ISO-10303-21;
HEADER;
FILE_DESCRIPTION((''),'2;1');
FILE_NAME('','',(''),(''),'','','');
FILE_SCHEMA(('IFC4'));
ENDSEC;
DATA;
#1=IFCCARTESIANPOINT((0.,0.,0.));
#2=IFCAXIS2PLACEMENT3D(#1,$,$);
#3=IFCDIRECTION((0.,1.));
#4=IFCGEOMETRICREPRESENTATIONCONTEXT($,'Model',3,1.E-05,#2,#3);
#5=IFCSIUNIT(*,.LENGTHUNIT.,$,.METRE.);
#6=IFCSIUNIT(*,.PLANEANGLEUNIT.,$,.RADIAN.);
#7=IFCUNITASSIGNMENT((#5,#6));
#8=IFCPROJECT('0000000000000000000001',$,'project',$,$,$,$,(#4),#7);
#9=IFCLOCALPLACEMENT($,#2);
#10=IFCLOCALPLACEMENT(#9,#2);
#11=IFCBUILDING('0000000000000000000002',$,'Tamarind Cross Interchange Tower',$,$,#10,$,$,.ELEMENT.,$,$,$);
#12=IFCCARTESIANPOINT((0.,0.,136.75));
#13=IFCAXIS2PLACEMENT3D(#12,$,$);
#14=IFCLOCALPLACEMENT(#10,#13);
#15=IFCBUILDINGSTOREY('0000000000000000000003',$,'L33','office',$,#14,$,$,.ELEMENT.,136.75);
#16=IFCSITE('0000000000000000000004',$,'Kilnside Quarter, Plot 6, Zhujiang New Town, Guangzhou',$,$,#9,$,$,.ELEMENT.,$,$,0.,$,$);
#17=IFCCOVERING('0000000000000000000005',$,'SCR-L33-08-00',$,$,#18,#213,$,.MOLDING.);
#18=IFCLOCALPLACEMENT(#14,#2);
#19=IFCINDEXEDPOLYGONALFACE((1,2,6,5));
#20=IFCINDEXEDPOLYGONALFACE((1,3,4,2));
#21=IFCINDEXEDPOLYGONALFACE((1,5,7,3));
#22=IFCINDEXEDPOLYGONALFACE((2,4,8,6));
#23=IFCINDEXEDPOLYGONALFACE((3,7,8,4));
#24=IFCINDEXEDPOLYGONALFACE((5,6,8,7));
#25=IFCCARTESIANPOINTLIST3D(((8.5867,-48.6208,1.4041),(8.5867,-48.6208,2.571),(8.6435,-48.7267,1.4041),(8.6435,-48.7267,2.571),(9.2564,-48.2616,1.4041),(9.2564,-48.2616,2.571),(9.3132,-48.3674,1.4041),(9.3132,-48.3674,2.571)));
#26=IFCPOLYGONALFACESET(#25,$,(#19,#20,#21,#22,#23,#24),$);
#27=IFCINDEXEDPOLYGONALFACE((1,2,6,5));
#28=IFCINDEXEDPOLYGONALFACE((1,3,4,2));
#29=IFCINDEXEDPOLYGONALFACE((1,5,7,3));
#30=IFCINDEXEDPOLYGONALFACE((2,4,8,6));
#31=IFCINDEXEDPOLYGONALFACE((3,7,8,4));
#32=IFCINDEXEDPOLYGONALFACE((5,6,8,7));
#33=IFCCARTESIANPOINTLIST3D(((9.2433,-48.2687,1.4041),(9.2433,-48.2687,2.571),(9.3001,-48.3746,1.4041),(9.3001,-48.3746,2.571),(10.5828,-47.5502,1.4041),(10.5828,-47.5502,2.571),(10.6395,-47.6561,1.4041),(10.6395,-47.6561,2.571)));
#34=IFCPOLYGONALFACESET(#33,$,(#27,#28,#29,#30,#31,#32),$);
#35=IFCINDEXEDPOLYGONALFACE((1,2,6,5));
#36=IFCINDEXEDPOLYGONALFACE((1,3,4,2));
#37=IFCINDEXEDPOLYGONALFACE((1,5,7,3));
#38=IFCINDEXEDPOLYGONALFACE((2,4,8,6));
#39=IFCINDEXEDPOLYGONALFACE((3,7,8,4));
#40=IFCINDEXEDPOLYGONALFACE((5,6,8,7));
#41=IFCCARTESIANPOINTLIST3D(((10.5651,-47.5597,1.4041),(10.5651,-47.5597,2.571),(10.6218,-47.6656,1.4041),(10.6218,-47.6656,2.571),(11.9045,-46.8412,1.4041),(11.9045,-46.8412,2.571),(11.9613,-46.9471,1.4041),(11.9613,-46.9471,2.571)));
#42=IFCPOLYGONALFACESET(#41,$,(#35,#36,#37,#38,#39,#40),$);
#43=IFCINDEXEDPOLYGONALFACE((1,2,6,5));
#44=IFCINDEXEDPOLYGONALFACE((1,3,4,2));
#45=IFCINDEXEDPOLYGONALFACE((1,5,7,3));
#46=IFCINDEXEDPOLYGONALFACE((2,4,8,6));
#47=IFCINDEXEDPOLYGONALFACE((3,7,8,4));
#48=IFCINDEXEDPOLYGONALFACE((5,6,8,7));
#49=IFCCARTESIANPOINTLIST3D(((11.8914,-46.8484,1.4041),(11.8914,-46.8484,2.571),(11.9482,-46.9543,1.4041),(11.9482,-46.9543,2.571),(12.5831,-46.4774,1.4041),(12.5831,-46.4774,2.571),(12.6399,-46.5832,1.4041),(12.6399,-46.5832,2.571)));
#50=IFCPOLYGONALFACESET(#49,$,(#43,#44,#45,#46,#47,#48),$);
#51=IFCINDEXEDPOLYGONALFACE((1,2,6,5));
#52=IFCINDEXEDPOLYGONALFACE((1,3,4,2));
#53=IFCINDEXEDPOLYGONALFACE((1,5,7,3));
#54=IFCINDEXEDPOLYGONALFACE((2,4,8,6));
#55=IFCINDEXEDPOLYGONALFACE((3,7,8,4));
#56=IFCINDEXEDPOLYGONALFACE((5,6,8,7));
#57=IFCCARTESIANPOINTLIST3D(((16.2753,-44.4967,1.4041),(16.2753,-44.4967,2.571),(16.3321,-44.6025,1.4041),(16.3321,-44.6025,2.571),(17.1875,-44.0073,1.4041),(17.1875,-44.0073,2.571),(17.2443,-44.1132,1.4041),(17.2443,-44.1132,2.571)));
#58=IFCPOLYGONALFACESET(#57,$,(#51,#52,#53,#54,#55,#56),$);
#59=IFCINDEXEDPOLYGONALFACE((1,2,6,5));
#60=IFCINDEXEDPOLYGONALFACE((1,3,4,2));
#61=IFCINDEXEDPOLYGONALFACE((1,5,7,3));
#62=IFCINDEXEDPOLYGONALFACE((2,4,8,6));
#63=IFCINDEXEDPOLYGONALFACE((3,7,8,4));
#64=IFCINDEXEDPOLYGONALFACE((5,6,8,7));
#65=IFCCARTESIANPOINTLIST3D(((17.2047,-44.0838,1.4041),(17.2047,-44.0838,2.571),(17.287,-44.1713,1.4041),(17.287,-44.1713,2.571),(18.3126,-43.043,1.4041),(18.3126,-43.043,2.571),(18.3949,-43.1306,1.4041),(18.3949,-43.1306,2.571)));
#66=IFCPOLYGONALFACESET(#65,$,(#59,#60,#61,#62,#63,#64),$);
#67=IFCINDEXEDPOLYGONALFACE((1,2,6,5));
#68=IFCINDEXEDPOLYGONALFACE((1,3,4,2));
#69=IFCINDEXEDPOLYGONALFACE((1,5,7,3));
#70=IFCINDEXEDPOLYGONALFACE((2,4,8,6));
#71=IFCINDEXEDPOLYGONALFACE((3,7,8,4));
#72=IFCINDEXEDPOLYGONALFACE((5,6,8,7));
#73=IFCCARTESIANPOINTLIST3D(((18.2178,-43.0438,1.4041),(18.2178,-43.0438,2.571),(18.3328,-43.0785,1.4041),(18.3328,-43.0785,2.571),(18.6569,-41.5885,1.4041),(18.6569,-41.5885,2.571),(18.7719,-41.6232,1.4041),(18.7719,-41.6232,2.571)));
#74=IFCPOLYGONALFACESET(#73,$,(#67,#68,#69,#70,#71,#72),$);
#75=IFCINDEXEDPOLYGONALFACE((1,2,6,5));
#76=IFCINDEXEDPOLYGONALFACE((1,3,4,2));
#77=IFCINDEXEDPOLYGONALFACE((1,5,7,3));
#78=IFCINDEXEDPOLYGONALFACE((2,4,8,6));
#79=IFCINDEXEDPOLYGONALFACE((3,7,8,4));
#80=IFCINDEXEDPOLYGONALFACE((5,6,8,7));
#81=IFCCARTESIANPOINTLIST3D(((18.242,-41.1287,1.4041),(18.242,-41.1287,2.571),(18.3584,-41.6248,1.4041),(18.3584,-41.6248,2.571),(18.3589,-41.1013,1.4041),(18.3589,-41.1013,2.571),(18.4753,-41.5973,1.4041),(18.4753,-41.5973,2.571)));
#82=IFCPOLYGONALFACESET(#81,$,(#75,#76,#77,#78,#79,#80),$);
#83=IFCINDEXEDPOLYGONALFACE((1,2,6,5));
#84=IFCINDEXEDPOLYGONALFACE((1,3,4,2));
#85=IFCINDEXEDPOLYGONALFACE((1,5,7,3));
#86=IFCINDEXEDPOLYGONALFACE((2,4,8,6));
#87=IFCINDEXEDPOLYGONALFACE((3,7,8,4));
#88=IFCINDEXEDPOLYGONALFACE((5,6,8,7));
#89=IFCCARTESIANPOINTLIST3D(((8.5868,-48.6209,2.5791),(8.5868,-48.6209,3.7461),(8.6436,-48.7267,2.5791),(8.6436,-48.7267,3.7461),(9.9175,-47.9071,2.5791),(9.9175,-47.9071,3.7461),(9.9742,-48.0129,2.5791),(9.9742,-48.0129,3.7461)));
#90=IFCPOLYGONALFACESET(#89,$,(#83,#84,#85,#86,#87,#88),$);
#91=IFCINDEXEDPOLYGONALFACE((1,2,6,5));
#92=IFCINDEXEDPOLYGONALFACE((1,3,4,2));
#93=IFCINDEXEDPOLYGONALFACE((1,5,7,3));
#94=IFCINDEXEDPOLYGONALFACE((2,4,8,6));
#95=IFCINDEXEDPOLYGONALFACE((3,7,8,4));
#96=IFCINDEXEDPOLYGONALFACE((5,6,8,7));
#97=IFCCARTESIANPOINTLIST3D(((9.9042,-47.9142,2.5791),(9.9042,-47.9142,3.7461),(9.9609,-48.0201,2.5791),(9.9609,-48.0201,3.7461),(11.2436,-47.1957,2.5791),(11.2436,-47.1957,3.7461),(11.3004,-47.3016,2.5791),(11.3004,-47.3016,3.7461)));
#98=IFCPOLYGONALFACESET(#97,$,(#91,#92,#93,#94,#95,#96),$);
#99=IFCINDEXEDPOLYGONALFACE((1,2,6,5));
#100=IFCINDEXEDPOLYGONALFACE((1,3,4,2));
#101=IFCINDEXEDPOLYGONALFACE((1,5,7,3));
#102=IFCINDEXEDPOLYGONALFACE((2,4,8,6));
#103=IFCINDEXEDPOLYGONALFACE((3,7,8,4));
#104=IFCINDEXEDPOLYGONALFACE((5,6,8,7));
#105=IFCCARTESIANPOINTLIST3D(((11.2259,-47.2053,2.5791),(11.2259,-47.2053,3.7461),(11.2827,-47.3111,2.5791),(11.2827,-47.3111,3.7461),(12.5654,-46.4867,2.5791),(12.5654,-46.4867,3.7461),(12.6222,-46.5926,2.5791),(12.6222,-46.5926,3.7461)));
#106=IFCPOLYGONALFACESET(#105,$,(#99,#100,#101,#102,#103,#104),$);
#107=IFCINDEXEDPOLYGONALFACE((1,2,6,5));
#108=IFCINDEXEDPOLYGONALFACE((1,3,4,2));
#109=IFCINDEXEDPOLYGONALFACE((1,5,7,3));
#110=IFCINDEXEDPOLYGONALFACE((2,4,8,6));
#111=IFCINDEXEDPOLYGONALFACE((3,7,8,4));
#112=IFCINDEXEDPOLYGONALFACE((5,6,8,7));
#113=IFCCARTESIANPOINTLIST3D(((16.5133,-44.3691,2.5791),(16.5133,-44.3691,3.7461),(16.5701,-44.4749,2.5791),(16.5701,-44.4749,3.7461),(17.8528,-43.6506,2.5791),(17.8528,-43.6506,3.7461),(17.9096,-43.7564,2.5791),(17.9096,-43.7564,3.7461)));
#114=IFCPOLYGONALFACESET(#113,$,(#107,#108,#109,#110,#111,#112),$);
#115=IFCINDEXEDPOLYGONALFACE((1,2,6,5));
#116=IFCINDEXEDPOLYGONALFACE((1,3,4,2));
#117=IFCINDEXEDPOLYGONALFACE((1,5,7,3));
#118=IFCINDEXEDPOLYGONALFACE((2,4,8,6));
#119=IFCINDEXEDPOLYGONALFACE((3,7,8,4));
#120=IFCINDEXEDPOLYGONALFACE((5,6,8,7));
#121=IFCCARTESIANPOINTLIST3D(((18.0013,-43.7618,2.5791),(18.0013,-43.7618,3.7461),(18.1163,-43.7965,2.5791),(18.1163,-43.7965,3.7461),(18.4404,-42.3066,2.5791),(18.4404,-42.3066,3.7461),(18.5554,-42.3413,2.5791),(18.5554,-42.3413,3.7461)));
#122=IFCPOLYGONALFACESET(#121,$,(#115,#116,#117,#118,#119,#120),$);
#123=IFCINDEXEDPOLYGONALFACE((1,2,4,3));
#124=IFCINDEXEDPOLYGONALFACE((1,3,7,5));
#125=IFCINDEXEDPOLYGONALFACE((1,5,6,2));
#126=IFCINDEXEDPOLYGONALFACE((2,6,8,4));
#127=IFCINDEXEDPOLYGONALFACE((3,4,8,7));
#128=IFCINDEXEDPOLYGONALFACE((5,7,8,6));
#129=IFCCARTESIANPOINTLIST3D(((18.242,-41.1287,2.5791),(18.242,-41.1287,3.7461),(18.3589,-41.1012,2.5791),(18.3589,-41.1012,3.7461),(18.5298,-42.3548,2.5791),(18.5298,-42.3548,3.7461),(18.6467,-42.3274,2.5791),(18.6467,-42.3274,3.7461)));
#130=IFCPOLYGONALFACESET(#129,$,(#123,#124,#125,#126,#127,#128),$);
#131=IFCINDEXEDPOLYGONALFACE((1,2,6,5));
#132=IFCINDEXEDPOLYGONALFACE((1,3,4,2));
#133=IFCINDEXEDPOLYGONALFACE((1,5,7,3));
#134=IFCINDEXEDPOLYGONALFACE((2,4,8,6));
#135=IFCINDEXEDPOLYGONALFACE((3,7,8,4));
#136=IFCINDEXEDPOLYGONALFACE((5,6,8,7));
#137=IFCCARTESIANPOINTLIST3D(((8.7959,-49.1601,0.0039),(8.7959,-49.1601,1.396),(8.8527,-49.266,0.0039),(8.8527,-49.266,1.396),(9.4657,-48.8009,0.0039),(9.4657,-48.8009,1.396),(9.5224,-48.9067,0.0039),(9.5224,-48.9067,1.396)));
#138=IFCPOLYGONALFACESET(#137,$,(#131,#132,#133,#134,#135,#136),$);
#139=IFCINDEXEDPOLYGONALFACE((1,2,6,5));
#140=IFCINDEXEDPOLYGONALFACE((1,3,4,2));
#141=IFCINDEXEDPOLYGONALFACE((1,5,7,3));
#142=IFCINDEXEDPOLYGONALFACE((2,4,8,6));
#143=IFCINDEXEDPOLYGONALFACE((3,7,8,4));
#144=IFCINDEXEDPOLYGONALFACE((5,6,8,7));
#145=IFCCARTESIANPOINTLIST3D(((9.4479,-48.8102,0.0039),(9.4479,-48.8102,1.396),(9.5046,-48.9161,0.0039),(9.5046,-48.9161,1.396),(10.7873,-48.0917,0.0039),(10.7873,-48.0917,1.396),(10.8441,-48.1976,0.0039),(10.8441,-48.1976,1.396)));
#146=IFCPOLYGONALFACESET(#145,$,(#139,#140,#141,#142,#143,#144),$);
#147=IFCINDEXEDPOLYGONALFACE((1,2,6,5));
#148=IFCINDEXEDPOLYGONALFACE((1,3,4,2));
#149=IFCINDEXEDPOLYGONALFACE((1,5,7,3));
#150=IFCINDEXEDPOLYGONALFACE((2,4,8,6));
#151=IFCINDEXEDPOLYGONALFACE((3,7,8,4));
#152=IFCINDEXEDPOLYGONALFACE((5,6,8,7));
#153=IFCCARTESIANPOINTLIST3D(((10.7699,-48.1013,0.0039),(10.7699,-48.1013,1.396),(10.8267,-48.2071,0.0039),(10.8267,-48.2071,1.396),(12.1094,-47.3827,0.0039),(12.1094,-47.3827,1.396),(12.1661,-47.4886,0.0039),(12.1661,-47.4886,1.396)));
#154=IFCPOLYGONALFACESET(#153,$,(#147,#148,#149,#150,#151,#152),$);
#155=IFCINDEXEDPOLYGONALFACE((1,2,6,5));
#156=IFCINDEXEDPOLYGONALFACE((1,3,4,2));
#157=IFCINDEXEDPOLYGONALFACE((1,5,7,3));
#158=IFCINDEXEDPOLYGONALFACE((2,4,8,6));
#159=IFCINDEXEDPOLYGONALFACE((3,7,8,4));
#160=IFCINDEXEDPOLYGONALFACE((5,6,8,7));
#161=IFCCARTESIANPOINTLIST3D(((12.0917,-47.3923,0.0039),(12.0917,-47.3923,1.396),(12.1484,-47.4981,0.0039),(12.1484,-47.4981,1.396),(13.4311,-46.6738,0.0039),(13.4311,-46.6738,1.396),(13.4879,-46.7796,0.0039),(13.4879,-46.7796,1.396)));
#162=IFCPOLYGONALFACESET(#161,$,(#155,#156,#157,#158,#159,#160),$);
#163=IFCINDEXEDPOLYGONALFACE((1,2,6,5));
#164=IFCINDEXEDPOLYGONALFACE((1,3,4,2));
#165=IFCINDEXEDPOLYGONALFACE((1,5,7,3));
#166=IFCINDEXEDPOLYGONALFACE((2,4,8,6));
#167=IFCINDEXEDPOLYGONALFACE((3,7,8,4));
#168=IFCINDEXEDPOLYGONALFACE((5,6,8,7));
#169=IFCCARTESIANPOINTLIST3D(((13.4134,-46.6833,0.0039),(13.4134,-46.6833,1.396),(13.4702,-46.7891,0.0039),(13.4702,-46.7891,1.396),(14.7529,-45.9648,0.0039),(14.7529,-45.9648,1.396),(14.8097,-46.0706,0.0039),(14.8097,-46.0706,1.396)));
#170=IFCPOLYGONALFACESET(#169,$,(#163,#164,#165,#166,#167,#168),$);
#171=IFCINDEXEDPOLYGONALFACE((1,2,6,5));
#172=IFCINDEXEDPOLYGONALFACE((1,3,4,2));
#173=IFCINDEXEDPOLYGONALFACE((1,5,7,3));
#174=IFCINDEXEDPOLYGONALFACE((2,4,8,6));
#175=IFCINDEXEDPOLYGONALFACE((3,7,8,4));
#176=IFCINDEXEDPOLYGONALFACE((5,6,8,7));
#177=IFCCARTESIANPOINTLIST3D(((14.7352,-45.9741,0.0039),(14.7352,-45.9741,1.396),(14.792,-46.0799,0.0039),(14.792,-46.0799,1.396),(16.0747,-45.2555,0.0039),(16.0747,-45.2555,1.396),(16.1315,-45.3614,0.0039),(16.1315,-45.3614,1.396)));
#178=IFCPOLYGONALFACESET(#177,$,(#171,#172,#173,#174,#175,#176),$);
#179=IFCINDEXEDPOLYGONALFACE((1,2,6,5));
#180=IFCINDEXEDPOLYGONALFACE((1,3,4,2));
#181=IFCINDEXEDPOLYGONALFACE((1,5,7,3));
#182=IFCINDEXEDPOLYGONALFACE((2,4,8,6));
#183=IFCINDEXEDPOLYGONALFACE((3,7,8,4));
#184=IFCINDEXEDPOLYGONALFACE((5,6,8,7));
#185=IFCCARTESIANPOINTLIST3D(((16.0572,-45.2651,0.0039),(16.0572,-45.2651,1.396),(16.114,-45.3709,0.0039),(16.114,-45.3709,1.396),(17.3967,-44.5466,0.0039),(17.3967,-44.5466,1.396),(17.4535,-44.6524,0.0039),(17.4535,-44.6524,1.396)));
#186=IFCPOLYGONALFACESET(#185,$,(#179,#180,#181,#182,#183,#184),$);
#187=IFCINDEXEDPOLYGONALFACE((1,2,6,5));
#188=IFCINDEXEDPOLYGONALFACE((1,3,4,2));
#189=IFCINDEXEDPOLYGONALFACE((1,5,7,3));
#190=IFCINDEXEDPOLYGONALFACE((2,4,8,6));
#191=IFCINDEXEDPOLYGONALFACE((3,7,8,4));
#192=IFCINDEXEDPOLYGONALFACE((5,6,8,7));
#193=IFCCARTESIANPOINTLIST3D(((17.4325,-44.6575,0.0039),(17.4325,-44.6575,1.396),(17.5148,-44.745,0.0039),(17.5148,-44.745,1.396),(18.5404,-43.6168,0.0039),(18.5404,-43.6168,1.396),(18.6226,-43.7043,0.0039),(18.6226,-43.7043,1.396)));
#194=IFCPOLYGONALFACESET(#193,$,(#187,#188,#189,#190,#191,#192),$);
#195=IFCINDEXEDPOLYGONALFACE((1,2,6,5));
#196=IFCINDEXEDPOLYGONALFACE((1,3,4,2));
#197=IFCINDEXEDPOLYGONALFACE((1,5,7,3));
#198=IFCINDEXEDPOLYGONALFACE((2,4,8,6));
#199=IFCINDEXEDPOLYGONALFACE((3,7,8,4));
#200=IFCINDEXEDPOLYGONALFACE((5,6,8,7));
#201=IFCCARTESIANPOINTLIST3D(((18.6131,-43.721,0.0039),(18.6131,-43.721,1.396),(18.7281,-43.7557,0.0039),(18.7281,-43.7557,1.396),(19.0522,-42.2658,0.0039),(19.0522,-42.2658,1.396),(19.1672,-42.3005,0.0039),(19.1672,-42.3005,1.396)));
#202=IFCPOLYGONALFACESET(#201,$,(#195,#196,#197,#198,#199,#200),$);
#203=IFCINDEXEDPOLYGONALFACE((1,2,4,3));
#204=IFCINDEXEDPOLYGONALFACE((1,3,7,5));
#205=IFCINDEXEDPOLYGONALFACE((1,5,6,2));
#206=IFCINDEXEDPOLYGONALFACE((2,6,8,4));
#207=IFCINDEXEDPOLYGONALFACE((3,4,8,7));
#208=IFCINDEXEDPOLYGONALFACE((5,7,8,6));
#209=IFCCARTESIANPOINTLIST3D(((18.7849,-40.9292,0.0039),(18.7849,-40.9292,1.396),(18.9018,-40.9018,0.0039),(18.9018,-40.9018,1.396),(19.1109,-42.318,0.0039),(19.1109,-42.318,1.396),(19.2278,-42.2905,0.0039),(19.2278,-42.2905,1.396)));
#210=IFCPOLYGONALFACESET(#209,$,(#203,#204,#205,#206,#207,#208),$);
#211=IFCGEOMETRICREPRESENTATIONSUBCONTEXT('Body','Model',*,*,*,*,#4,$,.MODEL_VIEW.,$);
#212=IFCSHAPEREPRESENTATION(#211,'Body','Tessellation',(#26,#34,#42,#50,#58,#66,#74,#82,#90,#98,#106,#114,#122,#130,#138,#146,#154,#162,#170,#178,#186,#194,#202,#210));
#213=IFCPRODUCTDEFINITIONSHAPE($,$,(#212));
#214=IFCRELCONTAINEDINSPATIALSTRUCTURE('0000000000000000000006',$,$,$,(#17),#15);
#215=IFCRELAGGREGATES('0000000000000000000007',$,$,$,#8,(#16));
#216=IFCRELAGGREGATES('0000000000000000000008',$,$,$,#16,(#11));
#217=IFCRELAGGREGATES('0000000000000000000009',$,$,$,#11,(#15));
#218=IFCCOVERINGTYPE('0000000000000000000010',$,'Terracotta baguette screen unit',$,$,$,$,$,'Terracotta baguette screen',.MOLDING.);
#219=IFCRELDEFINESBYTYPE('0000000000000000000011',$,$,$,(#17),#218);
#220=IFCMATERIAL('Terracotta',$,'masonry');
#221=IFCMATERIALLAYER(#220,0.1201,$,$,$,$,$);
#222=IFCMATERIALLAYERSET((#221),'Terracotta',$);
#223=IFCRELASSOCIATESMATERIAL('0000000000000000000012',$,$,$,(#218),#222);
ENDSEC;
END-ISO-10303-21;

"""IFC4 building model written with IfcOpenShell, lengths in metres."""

from ifc_helpers import new_model, si_unit, direction, frame, origin, origin_2d, place, context, subcontext, project, spatial, rectangle, extrude, material, layer, layer_set, type_object, element, save


model = new_model("IFC4")

# Units and contexts
model_context = context("Model", 3, precision=1e-05, world=origin(), true_north=direction((0.0, 1.0)))
body_context = subcontext(model_context, "Body", "Model", "MODEL_VIEW")
ifc_project = project(units=[si_unit("LENGTHUNIT", "METRE"), si_unit("PLANEANGLEUNIT", "RADIAN")], contexts=[model_context])

# Site, building, storey
site_placement = place(None, origin())
site = spatial("IfcSite", under=ifc_project, at=site_placement, Name="Kilnside Quarter, Plot 6, Zhujiang New Town, Guangzhou", CompositionType="ELEMENT", RefElevation=0.0)
building_placement = place(site_placement, origin())
building = spatial("IfcBuilding", under=site, at=building_placement, Name="Tamarind Cross Interchange Tower", CompositionType="ELEMENT")
storey_placement = place(building_placement, frame((0.0, 0.0, 136.75)))
storey = spatial("IfcBuildingStorey", under=building, at=storey_placement, Name="L33", Description="office", CompositionType="ELEMENT", Elevation=136.75)

# Covering
ifc_material_1 = material(Name="Terracotta", Category="masonry")
ifc_layer_1 = layer(ifc_material_1, 0.1201)
ifc_layer_set_1 = layer_set([ifc_layer_1], Name="Terracotta")
covering_type = type_object("IfcCoveringType", Name="Terracotta baguette screen unit", ElementType="Terracotta baguette screen", PredefinedType="MOLDING", material=ifc_layer_set_1)
covering_1_placement = place(storey_placement, origin())
element("IfcCovering", 1, at=covering_1_placement, inside=storey, type_object=covering_type, Name="SCR-L33-08-00", PredefinedType="MOLDING", context=body_context, shape_type="SweptSolid", body=[
    extrude(rectangle(XDim=0.76, YDim=0.1201, at=origin_2d()), frame((8.95, -48.4941, 1.4041), z_axis=(0.0, 0.0, 1.0), x_axis=(0.881224, 0.472698, 0.0)), (0.0, 0.0, 1.0), 1.167),
    extrude(rectangle(XDim=1.52, YDim=0.1201, at=origin_2d()), frame((9.9414, -47.9624, 1.4041), z_axis=(0.0, 0.0, 1.0), x_axis=(0.881224, 0.472698, 0.0)), (0.0, 0.0, 1.0), 1.167),
    extrude(rectangle(XDim=1.52, YDim=0.1201, at=origin_2d()), frame((11.2632, -47.2534, 1.4041), z_axis=(0.0, 0.0, 1.0), x_axis=(0.881224, 0.472698, 0.0)), (0.0, 0.0, 1.0), 1.167),
    extrude(rectangle(XDim=0.7849, YDim=0.1201, at=origin_2d()), frame((12.2656, -46.7158, 1.4041), z_axis=(0.0, 0.0, 1.0), x_axis=(0.881224, 0.472698, 0.0)), (0.0, 0.0, 1.0), 1.167),
    extrude(rectangle(XDim=1.0352, YDim=0.1201, at=origin_2d()), frame((16.7598, -44.3049, 1.4041), z_axis=(0.0, 0.0, 1.0), x_axis=(0.881224, 0.472698, 0.0)), (0.0, 0.0, 1.0), 1.167),
    extrude(rectangle(XDim=1.52, YDim=0.1201, at=origin_2d()), frame((17.7998, -43.6072, 1.4041), z_axis=(0.0, 0.0, 1.0), x_axis=(0.728854, 0.684669, 0.0)), (0.0, 0.0, 1.0), 1.167),
    extrude(rectangle(XDim=1.52, YDim=0.1201, at=origin_2d()), frame((18.4949, -42.3335, 1.4041), z_axis=(0.0, 0.0, 1.0), x_axis=(0.288871, 0.957368, 0.0)), (0.0, 0.0, 1.0), 1.167),
    extrude(rectangle(XDim=0.5095, YDim=0.1201, at=origin_2d()), frame((18.3586, -41.363, 1.4041), z_axis=(0.0, 0.0, 1.0), x_axis=(-0.228514, 0.973541, 0.0)), (0.0, 0.0, 1.0), 1.167),
    extrude(rectangle(XDim=1.51, YDim=0.1201, at=origin_2d()), frame((9.2805, -48.3169, 2.5791), z_axis=(0.0, 0.0, 1.0), x_axis=(0.881224, 0.472698, 0.0)), (0.0, 0.0, 1.0), 1.167),
    extrude(rectangle(XDim=1.52, YDim=0.1201, at=origin_2d()), frame((10.6023, -47.6079, 2.5791), z_axis=(0.0, 0.0, 1.0), x_axis=(0.881224, 0.472698, 0.0)), (0.0, 0.0, 1.0), 1.167),
    extrude(rectangle(XDim=1.52, YDim=0.1201, at=origin_2d()), frame((11.9241, -46.8989, 2.5791), z_axis=(0.0, 0.0, 1.0), x_axis=(0.881224, 0.472698, 0.0)), (0.0, 0.0, 1.0), 1.167),
    extrude(rectangle(XDim=1.52, YDim=0.1201, at=origin_2d()), frame((17.2114, -44.0627, 2.5791), z_axis=(0.0, 0.0, 1.0), x_axis=(0.881224, 0.472698, 0.0)), (0.0, 0.0, 1.0), 1.167),
    extrude(rectangle(XDim=1.52, YDim=0.1201, at=origin_2d()), frame((18.2783, -43.0515, 2.5791), z_axis=(0.0, 0.0, 1.0), x_axis=(0.288871, 0.957368, 0.0)), (0.0, 0.0, 1.0), 1.167),
    extrude(rectangle(XDim=1.2595, YDim=0.1201, at=origin_2d()), frame((18.4443, -41.728, 2.5791), z_axis=(0.0, 0.0, 1.0), x_axis=(-0.228514, 0.973541, 0.0)), (0.0, 0.0, 1.0), 1.167),
    extrude(rectangle(XDim=0.76, YDim=0.1201, at=origin_2d()), frame((9.1592, -49.0334, 0.0039), z_axis=(0.0, 0.0, 1.0), x_axis=(0.881224, 0.472698, 0.0)), (0.0, 0.0, 1.0), 1.3921),
    extrude(rectangle(XDim=1.52, YDim=0.1201, at=origin_2d()), frame((10.146, -48.5039, 0.0039), z_axis=(0.0, 0.0, 1.0), x_axis=(0.881224, 0.472698, 0.0)), (0.0, 0.0, 1.0), 1.3921),
    extrude(rectangle(XDim=1.52, YDim=0.1201, at=origin_2d()), frame((11.468, -47.7949, 0.0039), z_axis=(0.0, 0.0, 1.0), x_axis=(0.881224, 0.472698, 0.0)), (0.0, 0.0, 1.0), 1.3921),
    extrude(rectangle(XDim=1.52, YDim=0.1201, at=origin_2d()), frame((12.7898, -47.0859, 0.0039), z_axis=(0.0, 0.0, 1.0), x_axis=(0.881224, 0.472698, 0.0)), (0.0, 0.0, 1.0), 1.3921),
    extrude(rectangle(XDim=1.52, YDim=0.1201, at=origin_2d()), frame((14.1116, -46.377, 0.0039), z_axis=(0.0, 0.0, 1.0), x_axis=(0.881224, 0.472698, 0.0)), (0.0, 0.0, 1.0), 1.3921),
    extrude(rectangle(XDim=1.52, YDim=0.1201, at=origin_2d()), frame((15.4333, -45.6677, 0.0039), z_axis=(0.0, 0.0, 1.0), x_axis=(0.881224, 0.472698, 0.0)), (0.0, 0.0, 1.0), 1.3921),
    extrude(rectangle(XDim=1.52, YDim=0.1201, at=origin_2d()), frame((16.7554, -44.9587, 0.0039), z_axis=(0.0, 0.0, 1.0), x_axis=(0.881224, 0.472698, 0.0)), (0.0, 0.0, 1.0), 1.3921),
    extrude(rectangle(XDim=1.52, YDim=0.1201, at=origin_2d()), frame((18.0276, -44.1809, 0.0039), z_axis=(0.0, 0.0, 1.0), x_axis=(0.728854, 0.684669, 0.0)), (0.0, 0.0, 1.0), 1.3921),
    extrude(rectangle(XDim=1.52, YDim=0.1201, at=origin_2d()), frame((18.8901, -43.0107, 0.0039), z_axis=(0.0, 0.0, 1.0), x_axis=(0.288871, 0.957368, 0.0)), (0.0, 0.0, 1.0), 1.3921),
    extrude(rectangle(XDim=1.4265, YDim=0.1201, at=origin_2d()), frame((19.0063, -41.6099, 0.0039), z_axis=(0.0, 0.0, 1.0), x_axis=(-0.228514, 0.973541, 0.0)), (0.0, 0.0, 1.0), 1.3921),
])

save(model, "model.ifc")
